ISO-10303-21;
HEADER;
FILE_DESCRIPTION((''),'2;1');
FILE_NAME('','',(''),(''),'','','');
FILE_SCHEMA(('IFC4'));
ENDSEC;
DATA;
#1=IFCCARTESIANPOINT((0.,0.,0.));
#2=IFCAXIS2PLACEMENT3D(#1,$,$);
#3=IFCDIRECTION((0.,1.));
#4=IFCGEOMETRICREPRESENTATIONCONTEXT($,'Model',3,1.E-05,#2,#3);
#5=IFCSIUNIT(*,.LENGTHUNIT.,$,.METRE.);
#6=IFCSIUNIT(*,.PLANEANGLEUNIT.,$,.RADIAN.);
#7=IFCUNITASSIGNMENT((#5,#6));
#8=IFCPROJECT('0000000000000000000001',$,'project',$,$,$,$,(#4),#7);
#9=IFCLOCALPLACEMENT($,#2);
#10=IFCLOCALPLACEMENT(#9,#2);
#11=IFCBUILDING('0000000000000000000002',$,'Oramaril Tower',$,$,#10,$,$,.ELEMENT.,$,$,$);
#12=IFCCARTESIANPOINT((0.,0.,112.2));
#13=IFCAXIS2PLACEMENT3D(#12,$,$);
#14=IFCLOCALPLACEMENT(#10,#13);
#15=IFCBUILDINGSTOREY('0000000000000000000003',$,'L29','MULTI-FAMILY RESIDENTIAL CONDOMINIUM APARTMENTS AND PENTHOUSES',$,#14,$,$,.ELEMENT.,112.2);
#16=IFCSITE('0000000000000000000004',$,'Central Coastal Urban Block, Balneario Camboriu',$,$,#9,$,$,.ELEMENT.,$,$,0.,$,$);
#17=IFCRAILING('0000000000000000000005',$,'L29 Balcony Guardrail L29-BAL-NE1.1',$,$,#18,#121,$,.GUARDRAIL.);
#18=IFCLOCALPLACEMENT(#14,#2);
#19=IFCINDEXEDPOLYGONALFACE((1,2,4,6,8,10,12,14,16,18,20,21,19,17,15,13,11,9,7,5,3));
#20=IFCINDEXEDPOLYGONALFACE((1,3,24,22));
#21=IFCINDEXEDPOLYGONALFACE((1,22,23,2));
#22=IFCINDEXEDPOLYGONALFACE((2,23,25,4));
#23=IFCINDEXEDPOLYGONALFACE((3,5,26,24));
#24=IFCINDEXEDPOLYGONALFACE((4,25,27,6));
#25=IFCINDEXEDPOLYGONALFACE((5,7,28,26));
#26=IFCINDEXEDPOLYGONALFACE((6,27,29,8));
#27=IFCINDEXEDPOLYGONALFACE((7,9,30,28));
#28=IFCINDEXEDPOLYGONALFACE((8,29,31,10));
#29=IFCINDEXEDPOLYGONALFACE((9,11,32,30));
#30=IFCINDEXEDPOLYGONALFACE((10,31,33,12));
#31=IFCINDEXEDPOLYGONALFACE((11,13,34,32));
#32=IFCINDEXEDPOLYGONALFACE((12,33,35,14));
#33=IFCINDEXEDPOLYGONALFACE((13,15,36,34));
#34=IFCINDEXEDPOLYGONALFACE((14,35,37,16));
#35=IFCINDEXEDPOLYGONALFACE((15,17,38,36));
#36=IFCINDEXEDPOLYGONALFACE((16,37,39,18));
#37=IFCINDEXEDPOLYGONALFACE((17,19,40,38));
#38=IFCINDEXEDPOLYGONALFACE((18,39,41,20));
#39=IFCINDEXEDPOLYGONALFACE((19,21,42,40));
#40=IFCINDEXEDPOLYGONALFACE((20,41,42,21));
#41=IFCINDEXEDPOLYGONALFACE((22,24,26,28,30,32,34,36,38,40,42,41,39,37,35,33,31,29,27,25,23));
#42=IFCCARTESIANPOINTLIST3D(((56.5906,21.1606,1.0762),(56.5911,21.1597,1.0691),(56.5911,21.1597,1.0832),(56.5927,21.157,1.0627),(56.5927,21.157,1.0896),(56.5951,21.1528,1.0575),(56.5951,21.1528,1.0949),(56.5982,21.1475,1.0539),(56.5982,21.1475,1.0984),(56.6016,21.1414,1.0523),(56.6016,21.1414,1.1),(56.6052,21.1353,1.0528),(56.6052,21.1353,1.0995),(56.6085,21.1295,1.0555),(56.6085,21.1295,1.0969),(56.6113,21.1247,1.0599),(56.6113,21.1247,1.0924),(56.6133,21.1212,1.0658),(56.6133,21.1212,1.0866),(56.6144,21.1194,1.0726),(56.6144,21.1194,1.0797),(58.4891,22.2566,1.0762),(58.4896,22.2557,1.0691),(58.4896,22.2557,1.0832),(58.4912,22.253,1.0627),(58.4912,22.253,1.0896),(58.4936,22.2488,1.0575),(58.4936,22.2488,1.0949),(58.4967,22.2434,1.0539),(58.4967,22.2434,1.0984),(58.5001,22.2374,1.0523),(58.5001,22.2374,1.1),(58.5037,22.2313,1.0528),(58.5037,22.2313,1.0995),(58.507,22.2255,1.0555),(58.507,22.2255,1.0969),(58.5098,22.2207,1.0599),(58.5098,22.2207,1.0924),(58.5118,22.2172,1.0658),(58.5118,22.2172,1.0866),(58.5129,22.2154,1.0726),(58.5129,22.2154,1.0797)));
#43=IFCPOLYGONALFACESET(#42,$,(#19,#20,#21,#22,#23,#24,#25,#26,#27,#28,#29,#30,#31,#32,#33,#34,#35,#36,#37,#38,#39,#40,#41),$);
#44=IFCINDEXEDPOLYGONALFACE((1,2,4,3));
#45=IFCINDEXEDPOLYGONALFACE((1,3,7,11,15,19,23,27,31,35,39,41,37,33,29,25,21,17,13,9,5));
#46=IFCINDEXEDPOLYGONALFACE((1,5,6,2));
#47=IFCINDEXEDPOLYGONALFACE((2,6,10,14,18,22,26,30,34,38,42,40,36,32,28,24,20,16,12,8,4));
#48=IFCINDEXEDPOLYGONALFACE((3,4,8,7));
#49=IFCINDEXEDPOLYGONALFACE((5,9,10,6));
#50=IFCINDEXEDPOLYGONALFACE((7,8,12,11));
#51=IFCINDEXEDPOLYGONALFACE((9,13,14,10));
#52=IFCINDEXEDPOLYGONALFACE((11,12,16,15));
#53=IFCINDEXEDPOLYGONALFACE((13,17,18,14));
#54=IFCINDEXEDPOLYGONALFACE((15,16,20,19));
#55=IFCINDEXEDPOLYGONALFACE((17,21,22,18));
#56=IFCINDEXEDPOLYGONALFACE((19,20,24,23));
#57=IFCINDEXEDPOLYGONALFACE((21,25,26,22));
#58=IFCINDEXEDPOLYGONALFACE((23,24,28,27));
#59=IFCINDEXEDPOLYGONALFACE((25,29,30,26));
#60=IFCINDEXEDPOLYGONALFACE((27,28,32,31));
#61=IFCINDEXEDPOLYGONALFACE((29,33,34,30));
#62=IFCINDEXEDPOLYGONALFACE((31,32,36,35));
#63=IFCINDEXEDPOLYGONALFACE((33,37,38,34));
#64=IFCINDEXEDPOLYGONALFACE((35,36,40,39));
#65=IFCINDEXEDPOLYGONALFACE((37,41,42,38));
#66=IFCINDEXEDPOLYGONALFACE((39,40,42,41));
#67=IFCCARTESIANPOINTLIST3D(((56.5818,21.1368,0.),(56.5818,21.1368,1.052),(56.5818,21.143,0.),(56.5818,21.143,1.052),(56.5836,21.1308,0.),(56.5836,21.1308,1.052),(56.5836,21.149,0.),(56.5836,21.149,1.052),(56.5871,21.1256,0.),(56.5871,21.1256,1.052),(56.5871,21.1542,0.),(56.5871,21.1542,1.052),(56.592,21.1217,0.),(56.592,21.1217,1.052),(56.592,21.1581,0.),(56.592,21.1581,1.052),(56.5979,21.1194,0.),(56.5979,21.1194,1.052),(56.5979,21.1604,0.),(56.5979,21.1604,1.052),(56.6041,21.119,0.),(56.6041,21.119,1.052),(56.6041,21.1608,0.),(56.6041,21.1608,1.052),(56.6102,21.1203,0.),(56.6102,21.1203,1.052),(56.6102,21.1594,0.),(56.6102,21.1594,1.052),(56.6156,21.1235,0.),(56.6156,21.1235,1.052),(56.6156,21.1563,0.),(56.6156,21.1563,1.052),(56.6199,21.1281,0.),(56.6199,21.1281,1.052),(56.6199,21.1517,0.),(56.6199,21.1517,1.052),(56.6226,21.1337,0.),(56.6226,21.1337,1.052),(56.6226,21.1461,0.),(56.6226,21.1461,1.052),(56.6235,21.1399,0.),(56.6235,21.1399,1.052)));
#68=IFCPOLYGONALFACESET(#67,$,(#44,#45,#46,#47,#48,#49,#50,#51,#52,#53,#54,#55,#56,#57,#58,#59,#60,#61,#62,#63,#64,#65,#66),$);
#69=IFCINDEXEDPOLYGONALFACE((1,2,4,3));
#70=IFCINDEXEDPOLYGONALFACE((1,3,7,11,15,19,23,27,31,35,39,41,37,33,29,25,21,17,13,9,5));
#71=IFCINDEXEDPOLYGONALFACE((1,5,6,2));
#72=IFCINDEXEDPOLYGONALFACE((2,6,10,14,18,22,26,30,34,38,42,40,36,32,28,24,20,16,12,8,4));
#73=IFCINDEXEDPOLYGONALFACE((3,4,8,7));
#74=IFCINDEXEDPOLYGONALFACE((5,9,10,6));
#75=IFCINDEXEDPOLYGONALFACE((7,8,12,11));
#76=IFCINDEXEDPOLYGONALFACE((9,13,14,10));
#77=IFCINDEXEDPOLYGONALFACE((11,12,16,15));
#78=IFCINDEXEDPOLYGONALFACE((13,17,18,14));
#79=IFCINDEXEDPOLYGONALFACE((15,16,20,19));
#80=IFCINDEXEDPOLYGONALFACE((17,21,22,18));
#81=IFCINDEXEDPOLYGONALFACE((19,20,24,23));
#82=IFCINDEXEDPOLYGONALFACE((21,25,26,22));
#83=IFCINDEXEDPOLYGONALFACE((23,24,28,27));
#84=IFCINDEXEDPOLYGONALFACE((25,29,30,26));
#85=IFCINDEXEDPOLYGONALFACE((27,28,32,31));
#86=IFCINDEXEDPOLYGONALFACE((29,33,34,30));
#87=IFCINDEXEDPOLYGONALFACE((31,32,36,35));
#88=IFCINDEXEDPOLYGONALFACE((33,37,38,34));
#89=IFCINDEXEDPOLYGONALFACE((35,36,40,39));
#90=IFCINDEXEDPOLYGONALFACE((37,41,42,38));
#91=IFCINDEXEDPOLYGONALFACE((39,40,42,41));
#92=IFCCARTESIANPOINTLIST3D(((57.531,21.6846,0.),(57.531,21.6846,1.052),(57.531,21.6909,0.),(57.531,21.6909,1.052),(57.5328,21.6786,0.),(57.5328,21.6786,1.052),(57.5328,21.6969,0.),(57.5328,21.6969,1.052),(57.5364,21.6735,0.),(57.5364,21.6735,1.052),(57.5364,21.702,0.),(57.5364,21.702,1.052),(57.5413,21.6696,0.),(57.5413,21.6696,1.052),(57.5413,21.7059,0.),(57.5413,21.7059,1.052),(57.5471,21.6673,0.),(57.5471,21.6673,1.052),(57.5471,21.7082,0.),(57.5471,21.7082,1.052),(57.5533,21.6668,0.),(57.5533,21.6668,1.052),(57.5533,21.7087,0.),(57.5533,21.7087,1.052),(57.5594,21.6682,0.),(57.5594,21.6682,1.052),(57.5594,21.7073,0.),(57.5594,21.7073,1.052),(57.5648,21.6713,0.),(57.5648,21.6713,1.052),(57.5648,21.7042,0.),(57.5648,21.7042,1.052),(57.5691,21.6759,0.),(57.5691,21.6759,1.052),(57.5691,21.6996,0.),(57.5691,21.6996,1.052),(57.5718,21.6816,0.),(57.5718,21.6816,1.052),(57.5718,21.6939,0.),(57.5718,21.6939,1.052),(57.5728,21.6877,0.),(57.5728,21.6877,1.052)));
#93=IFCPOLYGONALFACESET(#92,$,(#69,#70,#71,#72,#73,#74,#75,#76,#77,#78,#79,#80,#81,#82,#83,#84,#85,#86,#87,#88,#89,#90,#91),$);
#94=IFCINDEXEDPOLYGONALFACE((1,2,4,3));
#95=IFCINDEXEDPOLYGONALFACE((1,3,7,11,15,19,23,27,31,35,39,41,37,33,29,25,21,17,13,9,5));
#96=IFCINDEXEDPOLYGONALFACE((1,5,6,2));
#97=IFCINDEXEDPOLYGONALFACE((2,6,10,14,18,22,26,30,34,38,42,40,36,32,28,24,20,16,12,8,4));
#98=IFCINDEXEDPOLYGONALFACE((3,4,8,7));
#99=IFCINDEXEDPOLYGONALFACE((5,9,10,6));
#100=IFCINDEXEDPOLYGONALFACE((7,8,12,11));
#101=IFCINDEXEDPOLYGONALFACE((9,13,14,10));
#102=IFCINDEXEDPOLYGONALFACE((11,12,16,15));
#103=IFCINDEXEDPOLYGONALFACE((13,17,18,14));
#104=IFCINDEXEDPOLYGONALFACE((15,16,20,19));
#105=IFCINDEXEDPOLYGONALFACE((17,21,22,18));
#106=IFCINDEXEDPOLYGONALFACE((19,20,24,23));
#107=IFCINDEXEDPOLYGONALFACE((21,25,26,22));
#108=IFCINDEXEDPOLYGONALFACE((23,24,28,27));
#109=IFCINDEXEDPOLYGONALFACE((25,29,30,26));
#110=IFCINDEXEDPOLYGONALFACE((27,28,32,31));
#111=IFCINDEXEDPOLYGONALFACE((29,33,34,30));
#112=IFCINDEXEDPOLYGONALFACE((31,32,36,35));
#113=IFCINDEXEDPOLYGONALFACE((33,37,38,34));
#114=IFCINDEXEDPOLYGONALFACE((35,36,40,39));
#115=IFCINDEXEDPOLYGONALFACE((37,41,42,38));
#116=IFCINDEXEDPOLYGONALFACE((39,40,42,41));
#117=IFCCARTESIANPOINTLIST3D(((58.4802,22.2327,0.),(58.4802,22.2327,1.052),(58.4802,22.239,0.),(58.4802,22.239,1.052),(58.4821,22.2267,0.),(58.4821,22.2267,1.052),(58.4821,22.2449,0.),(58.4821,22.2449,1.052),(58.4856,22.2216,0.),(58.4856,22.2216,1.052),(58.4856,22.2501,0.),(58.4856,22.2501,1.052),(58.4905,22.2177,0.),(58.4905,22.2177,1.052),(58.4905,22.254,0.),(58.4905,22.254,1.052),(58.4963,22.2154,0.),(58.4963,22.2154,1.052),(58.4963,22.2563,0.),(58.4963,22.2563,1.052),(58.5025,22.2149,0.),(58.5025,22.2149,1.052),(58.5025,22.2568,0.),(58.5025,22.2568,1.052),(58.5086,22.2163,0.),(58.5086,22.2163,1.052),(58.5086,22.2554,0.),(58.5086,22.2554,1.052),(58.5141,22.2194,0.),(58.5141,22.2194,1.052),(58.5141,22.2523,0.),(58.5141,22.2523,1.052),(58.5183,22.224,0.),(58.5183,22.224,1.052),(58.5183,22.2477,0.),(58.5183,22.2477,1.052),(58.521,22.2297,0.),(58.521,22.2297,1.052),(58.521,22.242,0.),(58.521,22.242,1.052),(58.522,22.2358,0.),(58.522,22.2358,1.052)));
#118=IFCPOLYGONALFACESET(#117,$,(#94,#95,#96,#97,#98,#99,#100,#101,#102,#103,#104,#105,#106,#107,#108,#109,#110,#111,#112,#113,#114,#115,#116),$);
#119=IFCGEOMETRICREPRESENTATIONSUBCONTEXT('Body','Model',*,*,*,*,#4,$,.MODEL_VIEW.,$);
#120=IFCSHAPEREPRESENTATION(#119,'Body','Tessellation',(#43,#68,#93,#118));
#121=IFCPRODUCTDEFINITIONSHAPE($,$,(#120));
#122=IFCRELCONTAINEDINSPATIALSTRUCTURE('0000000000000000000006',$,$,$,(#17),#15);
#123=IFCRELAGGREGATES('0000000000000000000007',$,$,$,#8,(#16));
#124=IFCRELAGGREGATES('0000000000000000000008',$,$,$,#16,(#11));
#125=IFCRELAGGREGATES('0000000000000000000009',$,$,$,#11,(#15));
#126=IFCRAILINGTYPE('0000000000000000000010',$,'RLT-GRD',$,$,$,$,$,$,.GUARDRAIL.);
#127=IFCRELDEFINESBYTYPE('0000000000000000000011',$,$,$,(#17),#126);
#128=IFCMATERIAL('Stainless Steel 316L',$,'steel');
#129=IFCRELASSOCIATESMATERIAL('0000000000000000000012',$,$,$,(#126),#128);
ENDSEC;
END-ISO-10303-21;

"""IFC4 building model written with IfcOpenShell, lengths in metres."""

from ifc_helpers import new_model, si_unit, direction, frame, origin, origin_2d, place, context, subcontext, project, spatial, circle, extrude, material, type_object, element, save


model = new_model("IFC4")

# Units and contexts
model_context = context("Model", 3, precision=1e-05, world=origin(), true_north=direction((0.0, 1.0)))
body_context = subcontext(model_context, "Body", "Model", "MODEL_VIEW")
ifc_project = project(units=[si_unit("LENGTHUNIT", "METRE"), si_unit("PLANEANGLEUNIT", "RADIAN")], contexts=[model_context])

# Site, building, storey
site_placement = place(None, origin())
site = spatial("IfcSite", under=ifc_project, at=site_placement, Name="Central Coastal Urban Block, Balneario Camboriu", CompositionType="ELEMENT", RefElevation=0.0)
building_placement = place(site_placement, origin())
building = spatial("IfcBuilding", under=site, at=building_placement, Name="Oramaril Tower", CompositionType="ELEMENT")
storey_placement = place(building_placement, frame((0.0, 0.0, 112.2)))
storey = spatial("IfcBuildingStorey", under=building, at=storey_placement, Name="L29", Description="MULTI-FAMILY RESIDENTIAL CONDOMINIUM APARTMENTS AND PENTHOUSES", CompositionType="ELEMENT", Elevation=112.2)

# Railing
ifc_material_1 = material(Name="Stainless Steel 316L", Category="steel")
railing_type = type_object("IfcRailingType", Name="RLT-GRD", PredefinedType="GUARDRAIL", material=ifc_material_1)
railing_1_placement = place(storey_placement, frame((56.6025, 21.1399, 0.0)))
element("IfcRailing", 1, at=railing_1_placement, inside=storey, type_object=railing_type, Name="L29 Balcony Guardrail L29-BAL-NE1.1", PredefinedType="GUARDRAIL", context=body_context, shape_type="SweptSolid", body=[
    extrude(circle(Radius=0.0239, at=origin_2d()), frame((0.0, 0.0, 1.0762), z_axis=(0.866048, 0.49996, 0.0), x_axis=(-0.49996, 0.866048, 0.0)), (0.0, 0.0, 1.0), 2.1921),
    extrude(circle(Radius=0.021, at=origin_2d()), origin(), (0.0, 0.0, 1.0), 1.052),
    extrude(circle(Radius=0.021, at=origin_2d()), frame((0.9492, 0.5479, 0.0)), (0.0, 0.0, 1.0), 1.052),
    extrude(circle(Radius=0.021, at=origin_2d()), frame((1.8984, 1.0959, 0.0)), (0.0, 0.0, 1.0), 1.052),
])

save(model, "model.ifc")
